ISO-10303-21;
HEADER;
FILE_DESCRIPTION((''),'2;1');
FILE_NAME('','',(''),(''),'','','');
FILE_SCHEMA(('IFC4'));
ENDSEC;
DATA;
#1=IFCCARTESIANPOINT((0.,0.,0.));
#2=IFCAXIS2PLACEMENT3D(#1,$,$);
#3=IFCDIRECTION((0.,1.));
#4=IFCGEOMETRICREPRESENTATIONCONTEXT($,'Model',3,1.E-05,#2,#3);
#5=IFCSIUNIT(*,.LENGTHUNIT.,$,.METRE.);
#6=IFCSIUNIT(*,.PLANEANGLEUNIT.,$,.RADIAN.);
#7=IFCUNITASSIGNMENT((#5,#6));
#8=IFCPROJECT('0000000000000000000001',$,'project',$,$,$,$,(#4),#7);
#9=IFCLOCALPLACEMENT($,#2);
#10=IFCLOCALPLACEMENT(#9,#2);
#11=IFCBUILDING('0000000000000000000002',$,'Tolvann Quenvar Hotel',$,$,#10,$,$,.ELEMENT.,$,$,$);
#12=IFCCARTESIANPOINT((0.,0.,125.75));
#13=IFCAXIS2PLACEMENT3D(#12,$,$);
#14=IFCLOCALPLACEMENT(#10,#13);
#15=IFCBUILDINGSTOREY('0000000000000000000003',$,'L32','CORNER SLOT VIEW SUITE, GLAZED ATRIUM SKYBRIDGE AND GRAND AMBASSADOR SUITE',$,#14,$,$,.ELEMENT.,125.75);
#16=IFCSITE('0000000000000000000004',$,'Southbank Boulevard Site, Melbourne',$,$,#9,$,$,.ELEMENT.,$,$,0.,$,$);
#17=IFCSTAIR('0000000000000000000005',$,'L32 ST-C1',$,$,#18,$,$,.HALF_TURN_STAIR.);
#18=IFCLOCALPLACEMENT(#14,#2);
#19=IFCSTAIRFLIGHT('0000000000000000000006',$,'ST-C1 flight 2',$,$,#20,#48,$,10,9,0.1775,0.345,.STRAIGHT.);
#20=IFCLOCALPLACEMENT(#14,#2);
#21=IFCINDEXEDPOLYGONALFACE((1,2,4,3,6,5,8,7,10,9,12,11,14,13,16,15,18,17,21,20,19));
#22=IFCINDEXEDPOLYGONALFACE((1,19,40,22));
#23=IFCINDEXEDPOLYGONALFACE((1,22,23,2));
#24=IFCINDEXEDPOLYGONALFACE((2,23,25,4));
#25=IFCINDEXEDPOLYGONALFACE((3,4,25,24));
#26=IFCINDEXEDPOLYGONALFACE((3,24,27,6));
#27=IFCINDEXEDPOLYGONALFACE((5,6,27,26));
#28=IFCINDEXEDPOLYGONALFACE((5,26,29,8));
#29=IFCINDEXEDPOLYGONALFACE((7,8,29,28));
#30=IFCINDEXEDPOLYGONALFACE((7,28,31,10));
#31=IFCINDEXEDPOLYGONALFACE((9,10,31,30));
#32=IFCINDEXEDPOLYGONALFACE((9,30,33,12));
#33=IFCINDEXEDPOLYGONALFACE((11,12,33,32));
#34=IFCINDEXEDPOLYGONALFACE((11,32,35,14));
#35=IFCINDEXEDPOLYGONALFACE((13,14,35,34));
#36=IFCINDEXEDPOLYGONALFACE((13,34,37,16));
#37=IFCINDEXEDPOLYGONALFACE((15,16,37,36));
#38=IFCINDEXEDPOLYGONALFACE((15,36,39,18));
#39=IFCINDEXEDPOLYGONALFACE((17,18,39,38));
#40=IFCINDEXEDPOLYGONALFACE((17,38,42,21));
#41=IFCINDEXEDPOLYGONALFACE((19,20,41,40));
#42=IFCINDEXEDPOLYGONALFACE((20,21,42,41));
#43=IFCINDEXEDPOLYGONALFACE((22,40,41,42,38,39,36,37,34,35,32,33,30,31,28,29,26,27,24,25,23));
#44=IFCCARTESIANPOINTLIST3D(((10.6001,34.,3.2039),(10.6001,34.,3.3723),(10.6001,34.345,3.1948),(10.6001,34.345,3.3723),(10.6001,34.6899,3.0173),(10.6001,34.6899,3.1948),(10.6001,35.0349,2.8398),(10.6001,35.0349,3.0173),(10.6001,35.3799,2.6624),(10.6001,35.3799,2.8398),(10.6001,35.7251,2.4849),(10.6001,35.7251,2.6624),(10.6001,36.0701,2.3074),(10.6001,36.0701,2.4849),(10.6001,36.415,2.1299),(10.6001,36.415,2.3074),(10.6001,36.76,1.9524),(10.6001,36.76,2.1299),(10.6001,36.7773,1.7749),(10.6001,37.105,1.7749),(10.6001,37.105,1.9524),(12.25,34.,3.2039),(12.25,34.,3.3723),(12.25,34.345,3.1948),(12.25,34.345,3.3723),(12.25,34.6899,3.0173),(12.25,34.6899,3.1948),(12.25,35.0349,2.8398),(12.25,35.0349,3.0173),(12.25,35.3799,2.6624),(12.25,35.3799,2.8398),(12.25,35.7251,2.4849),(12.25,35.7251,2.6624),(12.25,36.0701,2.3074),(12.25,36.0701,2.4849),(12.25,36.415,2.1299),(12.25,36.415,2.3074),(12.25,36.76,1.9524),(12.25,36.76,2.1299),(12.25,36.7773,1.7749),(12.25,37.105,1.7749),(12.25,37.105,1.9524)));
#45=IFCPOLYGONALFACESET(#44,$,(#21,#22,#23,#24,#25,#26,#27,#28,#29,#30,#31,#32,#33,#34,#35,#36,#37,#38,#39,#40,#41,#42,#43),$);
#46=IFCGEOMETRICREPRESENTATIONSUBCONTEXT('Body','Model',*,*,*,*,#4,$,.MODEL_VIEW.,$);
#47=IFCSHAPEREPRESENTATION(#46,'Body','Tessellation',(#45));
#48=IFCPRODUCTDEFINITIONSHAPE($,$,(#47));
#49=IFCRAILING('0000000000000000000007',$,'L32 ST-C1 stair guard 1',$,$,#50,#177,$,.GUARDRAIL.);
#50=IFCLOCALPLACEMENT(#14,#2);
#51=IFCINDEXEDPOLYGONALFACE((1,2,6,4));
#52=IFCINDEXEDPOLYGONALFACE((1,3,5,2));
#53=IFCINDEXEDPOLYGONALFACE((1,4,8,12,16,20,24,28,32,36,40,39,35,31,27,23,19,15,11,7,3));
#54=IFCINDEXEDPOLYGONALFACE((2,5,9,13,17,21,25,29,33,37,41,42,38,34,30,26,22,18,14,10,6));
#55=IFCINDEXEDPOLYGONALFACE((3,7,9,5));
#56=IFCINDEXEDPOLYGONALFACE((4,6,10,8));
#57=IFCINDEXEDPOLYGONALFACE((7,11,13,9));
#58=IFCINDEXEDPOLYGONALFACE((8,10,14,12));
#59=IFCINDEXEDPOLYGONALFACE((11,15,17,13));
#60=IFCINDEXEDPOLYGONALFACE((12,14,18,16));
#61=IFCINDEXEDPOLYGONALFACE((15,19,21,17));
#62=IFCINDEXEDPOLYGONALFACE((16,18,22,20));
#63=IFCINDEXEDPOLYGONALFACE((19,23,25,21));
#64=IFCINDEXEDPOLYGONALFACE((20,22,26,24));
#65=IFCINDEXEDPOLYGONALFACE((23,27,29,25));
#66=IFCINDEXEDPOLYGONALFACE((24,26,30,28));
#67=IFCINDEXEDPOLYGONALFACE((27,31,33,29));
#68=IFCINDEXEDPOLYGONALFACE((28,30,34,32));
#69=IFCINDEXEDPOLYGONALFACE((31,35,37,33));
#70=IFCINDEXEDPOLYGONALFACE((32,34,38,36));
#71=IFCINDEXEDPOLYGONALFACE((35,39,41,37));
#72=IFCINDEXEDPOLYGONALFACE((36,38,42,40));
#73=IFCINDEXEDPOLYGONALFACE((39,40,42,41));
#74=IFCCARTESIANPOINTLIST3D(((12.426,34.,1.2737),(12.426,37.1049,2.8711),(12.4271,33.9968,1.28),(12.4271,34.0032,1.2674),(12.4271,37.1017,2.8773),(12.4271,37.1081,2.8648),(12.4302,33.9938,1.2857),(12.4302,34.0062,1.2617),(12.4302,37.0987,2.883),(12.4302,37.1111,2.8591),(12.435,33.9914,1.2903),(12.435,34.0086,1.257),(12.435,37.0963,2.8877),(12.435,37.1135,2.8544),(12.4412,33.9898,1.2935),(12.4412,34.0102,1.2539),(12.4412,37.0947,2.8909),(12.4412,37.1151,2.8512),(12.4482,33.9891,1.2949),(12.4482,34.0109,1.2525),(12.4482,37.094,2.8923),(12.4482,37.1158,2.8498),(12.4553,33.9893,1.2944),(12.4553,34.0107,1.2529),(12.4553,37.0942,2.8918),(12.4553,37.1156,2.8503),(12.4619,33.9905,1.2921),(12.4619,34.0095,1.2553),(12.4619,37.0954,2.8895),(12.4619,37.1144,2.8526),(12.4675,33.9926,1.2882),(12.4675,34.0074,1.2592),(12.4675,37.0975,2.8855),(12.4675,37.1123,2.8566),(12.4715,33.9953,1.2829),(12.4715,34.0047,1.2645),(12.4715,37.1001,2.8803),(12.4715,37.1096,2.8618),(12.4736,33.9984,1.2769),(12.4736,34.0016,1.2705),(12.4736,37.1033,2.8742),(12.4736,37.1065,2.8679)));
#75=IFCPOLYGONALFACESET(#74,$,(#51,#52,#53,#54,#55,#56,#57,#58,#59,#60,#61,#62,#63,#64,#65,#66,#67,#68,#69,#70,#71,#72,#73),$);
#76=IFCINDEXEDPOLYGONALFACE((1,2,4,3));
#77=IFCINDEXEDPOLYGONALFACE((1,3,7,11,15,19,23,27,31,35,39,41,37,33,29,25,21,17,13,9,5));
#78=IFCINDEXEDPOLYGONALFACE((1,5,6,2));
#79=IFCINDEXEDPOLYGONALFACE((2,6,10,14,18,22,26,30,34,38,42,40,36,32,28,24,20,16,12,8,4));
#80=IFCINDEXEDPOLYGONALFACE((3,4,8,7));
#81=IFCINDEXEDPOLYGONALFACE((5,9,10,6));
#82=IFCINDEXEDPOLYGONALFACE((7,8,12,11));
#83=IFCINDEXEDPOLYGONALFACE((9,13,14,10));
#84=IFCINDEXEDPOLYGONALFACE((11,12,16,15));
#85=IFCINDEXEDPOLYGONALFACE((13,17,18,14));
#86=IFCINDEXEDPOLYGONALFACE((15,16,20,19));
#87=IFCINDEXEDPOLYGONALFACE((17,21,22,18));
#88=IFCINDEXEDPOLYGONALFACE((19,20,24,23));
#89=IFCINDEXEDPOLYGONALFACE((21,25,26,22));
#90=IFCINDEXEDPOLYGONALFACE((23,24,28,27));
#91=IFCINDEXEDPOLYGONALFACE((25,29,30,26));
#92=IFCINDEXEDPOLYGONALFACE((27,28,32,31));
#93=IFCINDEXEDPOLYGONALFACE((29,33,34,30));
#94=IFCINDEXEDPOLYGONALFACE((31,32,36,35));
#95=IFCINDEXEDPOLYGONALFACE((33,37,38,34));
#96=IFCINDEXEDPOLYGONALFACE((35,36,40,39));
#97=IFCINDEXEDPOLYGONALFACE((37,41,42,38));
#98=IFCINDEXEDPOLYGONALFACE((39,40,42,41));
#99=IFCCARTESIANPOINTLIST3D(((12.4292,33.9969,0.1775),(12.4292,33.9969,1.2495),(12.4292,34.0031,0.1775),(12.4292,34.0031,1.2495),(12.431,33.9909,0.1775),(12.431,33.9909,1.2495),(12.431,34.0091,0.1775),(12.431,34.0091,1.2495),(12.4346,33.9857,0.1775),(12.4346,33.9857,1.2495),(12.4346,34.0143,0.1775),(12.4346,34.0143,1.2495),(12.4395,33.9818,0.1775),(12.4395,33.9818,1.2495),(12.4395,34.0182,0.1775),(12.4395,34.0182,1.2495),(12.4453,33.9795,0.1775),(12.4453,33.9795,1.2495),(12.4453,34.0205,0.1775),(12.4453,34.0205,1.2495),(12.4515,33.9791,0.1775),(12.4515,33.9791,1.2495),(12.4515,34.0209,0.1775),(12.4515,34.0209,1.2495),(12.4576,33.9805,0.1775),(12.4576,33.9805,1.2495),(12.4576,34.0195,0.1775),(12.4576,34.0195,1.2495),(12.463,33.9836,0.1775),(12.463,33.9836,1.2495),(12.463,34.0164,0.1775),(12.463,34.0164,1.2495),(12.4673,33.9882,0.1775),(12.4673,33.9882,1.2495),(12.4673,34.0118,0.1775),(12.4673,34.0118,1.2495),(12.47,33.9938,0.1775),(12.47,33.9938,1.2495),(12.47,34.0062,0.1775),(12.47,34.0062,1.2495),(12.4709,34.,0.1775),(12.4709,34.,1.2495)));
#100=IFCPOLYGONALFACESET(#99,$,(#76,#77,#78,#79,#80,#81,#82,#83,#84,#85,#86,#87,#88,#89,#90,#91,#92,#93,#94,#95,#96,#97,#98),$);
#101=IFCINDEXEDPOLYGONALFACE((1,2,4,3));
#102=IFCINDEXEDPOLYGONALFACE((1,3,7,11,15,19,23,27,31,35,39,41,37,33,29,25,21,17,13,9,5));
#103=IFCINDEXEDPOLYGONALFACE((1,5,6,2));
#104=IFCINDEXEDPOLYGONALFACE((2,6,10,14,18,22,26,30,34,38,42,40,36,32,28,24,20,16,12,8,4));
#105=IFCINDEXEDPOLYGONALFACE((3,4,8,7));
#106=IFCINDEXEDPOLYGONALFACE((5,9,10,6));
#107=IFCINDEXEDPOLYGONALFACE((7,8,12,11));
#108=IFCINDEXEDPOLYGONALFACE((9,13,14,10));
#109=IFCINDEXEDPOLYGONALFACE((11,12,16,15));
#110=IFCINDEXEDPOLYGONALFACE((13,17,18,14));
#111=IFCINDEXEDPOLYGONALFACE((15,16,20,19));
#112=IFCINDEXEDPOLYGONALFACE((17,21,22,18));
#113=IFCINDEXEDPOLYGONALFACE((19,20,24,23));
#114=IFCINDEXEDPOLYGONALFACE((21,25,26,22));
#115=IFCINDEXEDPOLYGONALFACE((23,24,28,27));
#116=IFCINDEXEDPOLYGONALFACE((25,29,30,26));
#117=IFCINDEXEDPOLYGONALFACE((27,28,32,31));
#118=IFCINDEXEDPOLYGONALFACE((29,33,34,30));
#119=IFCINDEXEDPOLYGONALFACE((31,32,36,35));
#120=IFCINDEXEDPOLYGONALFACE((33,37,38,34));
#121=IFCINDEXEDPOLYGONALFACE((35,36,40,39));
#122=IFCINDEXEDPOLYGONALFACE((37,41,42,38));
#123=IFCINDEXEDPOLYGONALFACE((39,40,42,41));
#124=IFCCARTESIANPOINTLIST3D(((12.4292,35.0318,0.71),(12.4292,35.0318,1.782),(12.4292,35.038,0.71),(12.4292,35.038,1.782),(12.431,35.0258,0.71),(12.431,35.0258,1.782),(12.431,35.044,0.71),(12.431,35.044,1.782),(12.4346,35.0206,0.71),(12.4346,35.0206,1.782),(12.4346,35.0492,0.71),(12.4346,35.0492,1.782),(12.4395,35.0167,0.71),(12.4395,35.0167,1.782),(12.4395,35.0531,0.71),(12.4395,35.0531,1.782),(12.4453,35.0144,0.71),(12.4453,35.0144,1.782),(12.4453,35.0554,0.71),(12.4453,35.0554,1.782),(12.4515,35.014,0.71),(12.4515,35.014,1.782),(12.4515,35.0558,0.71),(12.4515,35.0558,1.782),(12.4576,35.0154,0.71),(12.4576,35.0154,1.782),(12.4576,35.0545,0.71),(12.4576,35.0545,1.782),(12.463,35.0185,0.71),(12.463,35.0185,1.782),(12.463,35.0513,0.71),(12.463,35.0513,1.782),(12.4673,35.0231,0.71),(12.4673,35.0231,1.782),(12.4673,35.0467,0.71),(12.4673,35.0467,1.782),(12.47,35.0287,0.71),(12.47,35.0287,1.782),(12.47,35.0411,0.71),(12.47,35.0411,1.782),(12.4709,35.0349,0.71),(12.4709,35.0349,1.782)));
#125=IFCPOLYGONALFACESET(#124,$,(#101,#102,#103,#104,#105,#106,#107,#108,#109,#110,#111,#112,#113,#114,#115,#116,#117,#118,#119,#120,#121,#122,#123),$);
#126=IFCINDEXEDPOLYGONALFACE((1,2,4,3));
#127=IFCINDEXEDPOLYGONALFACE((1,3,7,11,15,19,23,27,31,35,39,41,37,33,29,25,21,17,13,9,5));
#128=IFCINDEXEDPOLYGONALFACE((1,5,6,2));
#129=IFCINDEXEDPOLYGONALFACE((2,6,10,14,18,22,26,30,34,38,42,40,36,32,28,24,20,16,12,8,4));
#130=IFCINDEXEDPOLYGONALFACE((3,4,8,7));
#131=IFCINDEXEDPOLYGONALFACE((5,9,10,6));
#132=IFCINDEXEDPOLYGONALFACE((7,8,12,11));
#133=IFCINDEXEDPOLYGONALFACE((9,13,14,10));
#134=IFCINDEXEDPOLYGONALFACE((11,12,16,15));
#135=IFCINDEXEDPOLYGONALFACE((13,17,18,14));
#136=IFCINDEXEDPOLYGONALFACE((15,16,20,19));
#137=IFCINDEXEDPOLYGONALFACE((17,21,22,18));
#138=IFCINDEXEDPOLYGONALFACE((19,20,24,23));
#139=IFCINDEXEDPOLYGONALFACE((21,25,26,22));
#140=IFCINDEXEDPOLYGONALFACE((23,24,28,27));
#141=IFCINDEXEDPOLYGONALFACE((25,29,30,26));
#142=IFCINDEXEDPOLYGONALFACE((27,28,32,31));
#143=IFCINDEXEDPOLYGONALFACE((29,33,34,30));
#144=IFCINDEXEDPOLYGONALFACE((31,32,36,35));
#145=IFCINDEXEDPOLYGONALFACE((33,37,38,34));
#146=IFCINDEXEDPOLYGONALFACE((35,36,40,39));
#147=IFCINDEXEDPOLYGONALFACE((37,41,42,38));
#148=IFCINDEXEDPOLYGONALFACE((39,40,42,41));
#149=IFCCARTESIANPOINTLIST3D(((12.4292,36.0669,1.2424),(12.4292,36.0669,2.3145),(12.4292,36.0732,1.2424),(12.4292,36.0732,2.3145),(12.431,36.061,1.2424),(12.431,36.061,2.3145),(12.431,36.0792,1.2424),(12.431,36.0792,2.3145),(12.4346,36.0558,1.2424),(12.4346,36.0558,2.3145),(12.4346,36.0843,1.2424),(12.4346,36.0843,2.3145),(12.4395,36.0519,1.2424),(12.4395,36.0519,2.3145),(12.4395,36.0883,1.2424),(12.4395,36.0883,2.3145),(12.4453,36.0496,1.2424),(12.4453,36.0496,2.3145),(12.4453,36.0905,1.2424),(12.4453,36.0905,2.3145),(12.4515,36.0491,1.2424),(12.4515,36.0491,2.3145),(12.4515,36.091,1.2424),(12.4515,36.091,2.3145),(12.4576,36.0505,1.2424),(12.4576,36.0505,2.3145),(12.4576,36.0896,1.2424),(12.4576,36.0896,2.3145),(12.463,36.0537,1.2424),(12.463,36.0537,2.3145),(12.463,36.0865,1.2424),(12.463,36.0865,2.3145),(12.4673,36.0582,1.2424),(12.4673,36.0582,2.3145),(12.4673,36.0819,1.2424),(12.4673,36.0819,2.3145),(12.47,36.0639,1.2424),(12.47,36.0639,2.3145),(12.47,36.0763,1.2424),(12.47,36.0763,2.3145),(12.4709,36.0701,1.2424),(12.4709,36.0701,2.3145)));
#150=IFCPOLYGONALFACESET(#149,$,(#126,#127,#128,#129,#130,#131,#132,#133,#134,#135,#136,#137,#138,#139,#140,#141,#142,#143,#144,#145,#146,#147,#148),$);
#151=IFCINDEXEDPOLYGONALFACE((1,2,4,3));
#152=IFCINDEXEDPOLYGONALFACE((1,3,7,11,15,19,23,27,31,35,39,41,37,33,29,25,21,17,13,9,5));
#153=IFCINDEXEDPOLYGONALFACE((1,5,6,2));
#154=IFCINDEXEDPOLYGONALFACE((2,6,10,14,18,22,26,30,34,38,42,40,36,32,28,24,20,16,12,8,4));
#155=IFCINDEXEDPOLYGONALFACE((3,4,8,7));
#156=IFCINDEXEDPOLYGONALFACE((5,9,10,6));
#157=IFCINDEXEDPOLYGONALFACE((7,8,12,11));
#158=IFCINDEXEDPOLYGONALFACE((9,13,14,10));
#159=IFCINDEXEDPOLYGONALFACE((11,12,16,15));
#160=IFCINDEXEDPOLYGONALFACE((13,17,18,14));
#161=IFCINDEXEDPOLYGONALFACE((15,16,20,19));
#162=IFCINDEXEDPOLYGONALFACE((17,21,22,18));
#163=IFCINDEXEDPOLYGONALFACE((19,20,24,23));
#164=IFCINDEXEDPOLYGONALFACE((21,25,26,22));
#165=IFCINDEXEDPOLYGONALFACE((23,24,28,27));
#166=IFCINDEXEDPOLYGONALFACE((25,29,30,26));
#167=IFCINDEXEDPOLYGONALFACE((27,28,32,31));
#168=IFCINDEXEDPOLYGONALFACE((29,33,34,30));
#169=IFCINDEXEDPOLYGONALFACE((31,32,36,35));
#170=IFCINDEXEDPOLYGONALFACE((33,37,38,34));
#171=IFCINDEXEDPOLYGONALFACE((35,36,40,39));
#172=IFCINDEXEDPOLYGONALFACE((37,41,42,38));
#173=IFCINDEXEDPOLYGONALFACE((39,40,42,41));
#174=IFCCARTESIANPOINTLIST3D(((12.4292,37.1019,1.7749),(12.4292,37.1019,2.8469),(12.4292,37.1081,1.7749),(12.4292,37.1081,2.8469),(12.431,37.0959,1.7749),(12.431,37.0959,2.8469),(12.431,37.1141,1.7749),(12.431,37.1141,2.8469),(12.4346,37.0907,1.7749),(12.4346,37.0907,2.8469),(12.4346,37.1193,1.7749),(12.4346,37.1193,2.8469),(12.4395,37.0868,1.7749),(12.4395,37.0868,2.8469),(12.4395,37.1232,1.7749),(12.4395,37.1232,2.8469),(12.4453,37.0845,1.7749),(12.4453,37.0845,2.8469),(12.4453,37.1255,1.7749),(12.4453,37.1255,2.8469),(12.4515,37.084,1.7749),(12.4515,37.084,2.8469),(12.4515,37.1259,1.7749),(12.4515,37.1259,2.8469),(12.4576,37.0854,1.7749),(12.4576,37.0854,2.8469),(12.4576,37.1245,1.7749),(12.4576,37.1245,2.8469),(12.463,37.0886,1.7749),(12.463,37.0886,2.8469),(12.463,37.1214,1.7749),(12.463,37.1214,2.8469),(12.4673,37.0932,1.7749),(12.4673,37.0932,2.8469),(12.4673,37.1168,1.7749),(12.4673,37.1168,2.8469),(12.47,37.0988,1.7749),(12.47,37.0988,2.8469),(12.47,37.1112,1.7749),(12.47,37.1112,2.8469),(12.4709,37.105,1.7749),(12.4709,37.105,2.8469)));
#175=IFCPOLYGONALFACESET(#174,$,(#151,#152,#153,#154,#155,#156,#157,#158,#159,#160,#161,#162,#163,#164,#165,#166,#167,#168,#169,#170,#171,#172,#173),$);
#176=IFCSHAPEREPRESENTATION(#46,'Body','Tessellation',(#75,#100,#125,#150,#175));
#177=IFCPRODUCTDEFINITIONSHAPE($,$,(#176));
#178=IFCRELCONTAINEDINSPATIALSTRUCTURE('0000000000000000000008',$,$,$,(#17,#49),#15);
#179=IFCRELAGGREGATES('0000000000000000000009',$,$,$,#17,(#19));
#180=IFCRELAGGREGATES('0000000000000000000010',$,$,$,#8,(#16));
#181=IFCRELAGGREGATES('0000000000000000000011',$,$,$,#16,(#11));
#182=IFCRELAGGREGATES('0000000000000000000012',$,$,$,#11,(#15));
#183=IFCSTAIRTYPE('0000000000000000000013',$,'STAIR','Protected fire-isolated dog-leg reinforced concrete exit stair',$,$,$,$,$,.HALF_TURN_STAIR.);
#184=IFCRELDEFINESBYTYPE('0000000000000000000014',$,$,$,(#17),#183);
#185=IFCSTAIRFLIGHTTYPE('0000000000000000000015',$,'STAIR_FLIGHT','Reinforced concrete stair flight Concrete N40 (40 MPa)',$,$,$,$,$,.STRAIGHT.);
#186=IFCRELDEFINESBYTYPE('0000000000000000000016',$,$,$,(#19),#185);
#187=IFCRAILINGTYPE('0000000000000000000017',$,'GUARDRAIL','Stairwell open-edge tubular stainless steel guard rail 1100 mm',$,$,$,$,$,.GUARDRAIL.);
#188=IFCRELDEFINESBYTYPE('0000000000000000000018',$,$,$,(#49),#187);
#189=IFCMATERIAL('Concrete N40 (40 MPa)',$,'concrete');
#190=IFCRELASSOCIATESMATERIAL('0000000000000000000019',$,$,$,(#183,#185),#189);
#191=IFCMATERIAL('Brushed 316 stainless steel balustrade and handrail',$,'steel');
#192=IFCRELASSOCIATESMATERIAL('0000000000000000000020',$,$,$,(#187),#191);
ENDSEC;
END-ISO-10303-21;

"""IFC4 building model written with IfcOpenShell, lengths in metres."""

from ifc_helpers import new_model, si_unit, direction, frame, origin, origin_2d, place, context, subcontext, project, spatial, polyline, circle, outline, extrude, material, type_object, element, aggregate, save


model = new_model("IFC4")

# Units and contexts
model_context = context("Model", 3, precision=1e-05, world=origin(), true_north=direction((0.0, 1.0)))
body_context = subcontext(model_context, "Body", "Model", "MODEL_VIEW")
ifc_project = project(units=[si_unit("LENGTHUNIT", "METRE"), si_unit("PLANEANGLEUNIT", "RADIAN")], contexts=[model_context])

# Site, building, storey
site_placement = place(None, origin())
site = spatial("IfcSite", under=ifc_project, at=site_placement, Name="Southbank Boulevard Site, Melbourne", CompositionType="ELEMENT", RefElevation=0.0)
building_placement = place(site_placement, origin())
building = spatial("IfcBuilding", under=site, at=building_placement, Name="Tolvann Quenvar Hotel", CompositionType="ELEMENT")
storey_placement = place(building_placement, frame((0.0, 0.0, 125.75)))
storey = spatial("IfcBuildingStorey", under=building, at=storey_placement, Name="L32", Description="CORNER SLOT VIEW SUITE, GLAZED ATRIUM SKYBRIDGE AND GRAND AMBASSADOR SUITE", CompositionType="ELEMENT", Elevation=125.75)

# Stair, stair flight
ifc_material_1 = material(Name="Concrete N40 (40 MPa)", Category="concrete")
stair_type = type_object("IfcStairType", Name="STAIR", Description="Protected fire-isolated dog-leg reinforced concrete exit stair", PredefinedType="HALF_TURN_STAIR", material=ifc_material_1)
stair_placement = place(storey_placement, origin())
stair = element("IfcStair", 1, at=stair_placement, inside=storey, type_object=stair_type, Name="L32 ST-C1", PredefinedType="HALF_TURN_STAIR")
stair_flight_type = type_object("IfcStairFlightType", Name="STAIR_FLIGHT", Description="Reinforced concrete stair flight Concrete N40 (40 MPa)", PredefinedType="STRAIGHT", material=ifc_material_1)
stair_flight_1_placement = place(storey_placement, frame((11.425, 37.105, 1.7749), z_axis=(0.0, 0.0, 1.0), x_axis=(0.0, -1.0, 0.0)))
stair_flight_1 = element("IfcStairFlight", 2, at=stair_flight_1_placement, type_object=stair_flight_type, Name="ST-C1 flight 2", NumberOfRisers=10, NumberOfTreads=9, PredefinedType="STRAIGHT", RiserHeight=0.1775, TreadLength=0.345, context=body_context, shape_type="SweptSolid", body=[
    extrude(outline(polyline([(0.0, 0.0), (0.0, 0.1775), (0.345, 0.1775), (0.345, 0.355), (0.6899, 0.355), (0.6899, 0.5325), (1.0349, 0.5325), (1.0349, 0.71), (1.3799, 0.71), (1.3799, 0.8875), (1.7251, 0.8875), (1.7251, 1.0649), (2.0701, 1.0649), (2.0701, 1.2424), (2.415, 1.2424), (2.415, 1.4199), (2.76, 1.4199), (2.76, 1.5974), (3.105, 1.5974), (3.105, 1.7749), (3.105, 1.429), (0.3276, 0.0), (0.0, 0.0)])), frame((0.0, 0.825, 0.0), z_axis=(0.0, -1.0, 0.0), x_axis=(1.0, 0.0, 0.0)), (0.0, 0.0, 1.0), 1.6499),
])
aggregate(stair, [stair_flight_1])

# Railing
ifc_material_2 = material(Name="Brushed 316 stainless steel balustrade and handrail", Category="steel")
railing_type_1 = type_object("IfcRailingType", Name="GUARDRAIL", Description="Stairwell open-edge tubular stainless steel guard rail 1100 mm", PredefinedType="GUARDRAIL", material=ifc_material_2)
railing_1_placement = place(storey_placement, frame((12.45, 34.0, 0.1775)))
element("IfcRailing", 3, at=railing_1_placement, inside=storey, type_object=railing_type_1, Name="L32 ST-C1 stair guard 1", PredefinedType="GUARDRAIL", context=body_context, shape_type="SweptSolid", body=[
    extrude(circle(Radius=0.0239, at=origin_2d()), frame((0.0, 0.0, 1.0962), z_axis=(0.0, 0.889222, 0.457476), x_axis=(-1.0, 0.0, 0.0)), (0.0, 0.0, 1.0), 3.4917),
    extrude(circle(Radius=0.021, at=origin_2d()), origin(), (0.0, 0.0, 1.0), 1.072),
    extrude(circle(Radius=0.021, at=origin_2d()), frame((0.0, 1.0349, 0.5325)), (0.0, 0.0, 1.0), 1.072),
    extrude(circle(Radius=0.021, at=origin_2d()), frame((0.0, 2.0701, 1.0649)), (0.0, 0.0, 1.0), 1.072),
    extrude(circle(Radius=0.021, at=origin_2d()), frame((0.0, 3.105, 1.5974)), (0.0, 0.0, 1.0), 1.072),
])

save(model, "model.ifc")
